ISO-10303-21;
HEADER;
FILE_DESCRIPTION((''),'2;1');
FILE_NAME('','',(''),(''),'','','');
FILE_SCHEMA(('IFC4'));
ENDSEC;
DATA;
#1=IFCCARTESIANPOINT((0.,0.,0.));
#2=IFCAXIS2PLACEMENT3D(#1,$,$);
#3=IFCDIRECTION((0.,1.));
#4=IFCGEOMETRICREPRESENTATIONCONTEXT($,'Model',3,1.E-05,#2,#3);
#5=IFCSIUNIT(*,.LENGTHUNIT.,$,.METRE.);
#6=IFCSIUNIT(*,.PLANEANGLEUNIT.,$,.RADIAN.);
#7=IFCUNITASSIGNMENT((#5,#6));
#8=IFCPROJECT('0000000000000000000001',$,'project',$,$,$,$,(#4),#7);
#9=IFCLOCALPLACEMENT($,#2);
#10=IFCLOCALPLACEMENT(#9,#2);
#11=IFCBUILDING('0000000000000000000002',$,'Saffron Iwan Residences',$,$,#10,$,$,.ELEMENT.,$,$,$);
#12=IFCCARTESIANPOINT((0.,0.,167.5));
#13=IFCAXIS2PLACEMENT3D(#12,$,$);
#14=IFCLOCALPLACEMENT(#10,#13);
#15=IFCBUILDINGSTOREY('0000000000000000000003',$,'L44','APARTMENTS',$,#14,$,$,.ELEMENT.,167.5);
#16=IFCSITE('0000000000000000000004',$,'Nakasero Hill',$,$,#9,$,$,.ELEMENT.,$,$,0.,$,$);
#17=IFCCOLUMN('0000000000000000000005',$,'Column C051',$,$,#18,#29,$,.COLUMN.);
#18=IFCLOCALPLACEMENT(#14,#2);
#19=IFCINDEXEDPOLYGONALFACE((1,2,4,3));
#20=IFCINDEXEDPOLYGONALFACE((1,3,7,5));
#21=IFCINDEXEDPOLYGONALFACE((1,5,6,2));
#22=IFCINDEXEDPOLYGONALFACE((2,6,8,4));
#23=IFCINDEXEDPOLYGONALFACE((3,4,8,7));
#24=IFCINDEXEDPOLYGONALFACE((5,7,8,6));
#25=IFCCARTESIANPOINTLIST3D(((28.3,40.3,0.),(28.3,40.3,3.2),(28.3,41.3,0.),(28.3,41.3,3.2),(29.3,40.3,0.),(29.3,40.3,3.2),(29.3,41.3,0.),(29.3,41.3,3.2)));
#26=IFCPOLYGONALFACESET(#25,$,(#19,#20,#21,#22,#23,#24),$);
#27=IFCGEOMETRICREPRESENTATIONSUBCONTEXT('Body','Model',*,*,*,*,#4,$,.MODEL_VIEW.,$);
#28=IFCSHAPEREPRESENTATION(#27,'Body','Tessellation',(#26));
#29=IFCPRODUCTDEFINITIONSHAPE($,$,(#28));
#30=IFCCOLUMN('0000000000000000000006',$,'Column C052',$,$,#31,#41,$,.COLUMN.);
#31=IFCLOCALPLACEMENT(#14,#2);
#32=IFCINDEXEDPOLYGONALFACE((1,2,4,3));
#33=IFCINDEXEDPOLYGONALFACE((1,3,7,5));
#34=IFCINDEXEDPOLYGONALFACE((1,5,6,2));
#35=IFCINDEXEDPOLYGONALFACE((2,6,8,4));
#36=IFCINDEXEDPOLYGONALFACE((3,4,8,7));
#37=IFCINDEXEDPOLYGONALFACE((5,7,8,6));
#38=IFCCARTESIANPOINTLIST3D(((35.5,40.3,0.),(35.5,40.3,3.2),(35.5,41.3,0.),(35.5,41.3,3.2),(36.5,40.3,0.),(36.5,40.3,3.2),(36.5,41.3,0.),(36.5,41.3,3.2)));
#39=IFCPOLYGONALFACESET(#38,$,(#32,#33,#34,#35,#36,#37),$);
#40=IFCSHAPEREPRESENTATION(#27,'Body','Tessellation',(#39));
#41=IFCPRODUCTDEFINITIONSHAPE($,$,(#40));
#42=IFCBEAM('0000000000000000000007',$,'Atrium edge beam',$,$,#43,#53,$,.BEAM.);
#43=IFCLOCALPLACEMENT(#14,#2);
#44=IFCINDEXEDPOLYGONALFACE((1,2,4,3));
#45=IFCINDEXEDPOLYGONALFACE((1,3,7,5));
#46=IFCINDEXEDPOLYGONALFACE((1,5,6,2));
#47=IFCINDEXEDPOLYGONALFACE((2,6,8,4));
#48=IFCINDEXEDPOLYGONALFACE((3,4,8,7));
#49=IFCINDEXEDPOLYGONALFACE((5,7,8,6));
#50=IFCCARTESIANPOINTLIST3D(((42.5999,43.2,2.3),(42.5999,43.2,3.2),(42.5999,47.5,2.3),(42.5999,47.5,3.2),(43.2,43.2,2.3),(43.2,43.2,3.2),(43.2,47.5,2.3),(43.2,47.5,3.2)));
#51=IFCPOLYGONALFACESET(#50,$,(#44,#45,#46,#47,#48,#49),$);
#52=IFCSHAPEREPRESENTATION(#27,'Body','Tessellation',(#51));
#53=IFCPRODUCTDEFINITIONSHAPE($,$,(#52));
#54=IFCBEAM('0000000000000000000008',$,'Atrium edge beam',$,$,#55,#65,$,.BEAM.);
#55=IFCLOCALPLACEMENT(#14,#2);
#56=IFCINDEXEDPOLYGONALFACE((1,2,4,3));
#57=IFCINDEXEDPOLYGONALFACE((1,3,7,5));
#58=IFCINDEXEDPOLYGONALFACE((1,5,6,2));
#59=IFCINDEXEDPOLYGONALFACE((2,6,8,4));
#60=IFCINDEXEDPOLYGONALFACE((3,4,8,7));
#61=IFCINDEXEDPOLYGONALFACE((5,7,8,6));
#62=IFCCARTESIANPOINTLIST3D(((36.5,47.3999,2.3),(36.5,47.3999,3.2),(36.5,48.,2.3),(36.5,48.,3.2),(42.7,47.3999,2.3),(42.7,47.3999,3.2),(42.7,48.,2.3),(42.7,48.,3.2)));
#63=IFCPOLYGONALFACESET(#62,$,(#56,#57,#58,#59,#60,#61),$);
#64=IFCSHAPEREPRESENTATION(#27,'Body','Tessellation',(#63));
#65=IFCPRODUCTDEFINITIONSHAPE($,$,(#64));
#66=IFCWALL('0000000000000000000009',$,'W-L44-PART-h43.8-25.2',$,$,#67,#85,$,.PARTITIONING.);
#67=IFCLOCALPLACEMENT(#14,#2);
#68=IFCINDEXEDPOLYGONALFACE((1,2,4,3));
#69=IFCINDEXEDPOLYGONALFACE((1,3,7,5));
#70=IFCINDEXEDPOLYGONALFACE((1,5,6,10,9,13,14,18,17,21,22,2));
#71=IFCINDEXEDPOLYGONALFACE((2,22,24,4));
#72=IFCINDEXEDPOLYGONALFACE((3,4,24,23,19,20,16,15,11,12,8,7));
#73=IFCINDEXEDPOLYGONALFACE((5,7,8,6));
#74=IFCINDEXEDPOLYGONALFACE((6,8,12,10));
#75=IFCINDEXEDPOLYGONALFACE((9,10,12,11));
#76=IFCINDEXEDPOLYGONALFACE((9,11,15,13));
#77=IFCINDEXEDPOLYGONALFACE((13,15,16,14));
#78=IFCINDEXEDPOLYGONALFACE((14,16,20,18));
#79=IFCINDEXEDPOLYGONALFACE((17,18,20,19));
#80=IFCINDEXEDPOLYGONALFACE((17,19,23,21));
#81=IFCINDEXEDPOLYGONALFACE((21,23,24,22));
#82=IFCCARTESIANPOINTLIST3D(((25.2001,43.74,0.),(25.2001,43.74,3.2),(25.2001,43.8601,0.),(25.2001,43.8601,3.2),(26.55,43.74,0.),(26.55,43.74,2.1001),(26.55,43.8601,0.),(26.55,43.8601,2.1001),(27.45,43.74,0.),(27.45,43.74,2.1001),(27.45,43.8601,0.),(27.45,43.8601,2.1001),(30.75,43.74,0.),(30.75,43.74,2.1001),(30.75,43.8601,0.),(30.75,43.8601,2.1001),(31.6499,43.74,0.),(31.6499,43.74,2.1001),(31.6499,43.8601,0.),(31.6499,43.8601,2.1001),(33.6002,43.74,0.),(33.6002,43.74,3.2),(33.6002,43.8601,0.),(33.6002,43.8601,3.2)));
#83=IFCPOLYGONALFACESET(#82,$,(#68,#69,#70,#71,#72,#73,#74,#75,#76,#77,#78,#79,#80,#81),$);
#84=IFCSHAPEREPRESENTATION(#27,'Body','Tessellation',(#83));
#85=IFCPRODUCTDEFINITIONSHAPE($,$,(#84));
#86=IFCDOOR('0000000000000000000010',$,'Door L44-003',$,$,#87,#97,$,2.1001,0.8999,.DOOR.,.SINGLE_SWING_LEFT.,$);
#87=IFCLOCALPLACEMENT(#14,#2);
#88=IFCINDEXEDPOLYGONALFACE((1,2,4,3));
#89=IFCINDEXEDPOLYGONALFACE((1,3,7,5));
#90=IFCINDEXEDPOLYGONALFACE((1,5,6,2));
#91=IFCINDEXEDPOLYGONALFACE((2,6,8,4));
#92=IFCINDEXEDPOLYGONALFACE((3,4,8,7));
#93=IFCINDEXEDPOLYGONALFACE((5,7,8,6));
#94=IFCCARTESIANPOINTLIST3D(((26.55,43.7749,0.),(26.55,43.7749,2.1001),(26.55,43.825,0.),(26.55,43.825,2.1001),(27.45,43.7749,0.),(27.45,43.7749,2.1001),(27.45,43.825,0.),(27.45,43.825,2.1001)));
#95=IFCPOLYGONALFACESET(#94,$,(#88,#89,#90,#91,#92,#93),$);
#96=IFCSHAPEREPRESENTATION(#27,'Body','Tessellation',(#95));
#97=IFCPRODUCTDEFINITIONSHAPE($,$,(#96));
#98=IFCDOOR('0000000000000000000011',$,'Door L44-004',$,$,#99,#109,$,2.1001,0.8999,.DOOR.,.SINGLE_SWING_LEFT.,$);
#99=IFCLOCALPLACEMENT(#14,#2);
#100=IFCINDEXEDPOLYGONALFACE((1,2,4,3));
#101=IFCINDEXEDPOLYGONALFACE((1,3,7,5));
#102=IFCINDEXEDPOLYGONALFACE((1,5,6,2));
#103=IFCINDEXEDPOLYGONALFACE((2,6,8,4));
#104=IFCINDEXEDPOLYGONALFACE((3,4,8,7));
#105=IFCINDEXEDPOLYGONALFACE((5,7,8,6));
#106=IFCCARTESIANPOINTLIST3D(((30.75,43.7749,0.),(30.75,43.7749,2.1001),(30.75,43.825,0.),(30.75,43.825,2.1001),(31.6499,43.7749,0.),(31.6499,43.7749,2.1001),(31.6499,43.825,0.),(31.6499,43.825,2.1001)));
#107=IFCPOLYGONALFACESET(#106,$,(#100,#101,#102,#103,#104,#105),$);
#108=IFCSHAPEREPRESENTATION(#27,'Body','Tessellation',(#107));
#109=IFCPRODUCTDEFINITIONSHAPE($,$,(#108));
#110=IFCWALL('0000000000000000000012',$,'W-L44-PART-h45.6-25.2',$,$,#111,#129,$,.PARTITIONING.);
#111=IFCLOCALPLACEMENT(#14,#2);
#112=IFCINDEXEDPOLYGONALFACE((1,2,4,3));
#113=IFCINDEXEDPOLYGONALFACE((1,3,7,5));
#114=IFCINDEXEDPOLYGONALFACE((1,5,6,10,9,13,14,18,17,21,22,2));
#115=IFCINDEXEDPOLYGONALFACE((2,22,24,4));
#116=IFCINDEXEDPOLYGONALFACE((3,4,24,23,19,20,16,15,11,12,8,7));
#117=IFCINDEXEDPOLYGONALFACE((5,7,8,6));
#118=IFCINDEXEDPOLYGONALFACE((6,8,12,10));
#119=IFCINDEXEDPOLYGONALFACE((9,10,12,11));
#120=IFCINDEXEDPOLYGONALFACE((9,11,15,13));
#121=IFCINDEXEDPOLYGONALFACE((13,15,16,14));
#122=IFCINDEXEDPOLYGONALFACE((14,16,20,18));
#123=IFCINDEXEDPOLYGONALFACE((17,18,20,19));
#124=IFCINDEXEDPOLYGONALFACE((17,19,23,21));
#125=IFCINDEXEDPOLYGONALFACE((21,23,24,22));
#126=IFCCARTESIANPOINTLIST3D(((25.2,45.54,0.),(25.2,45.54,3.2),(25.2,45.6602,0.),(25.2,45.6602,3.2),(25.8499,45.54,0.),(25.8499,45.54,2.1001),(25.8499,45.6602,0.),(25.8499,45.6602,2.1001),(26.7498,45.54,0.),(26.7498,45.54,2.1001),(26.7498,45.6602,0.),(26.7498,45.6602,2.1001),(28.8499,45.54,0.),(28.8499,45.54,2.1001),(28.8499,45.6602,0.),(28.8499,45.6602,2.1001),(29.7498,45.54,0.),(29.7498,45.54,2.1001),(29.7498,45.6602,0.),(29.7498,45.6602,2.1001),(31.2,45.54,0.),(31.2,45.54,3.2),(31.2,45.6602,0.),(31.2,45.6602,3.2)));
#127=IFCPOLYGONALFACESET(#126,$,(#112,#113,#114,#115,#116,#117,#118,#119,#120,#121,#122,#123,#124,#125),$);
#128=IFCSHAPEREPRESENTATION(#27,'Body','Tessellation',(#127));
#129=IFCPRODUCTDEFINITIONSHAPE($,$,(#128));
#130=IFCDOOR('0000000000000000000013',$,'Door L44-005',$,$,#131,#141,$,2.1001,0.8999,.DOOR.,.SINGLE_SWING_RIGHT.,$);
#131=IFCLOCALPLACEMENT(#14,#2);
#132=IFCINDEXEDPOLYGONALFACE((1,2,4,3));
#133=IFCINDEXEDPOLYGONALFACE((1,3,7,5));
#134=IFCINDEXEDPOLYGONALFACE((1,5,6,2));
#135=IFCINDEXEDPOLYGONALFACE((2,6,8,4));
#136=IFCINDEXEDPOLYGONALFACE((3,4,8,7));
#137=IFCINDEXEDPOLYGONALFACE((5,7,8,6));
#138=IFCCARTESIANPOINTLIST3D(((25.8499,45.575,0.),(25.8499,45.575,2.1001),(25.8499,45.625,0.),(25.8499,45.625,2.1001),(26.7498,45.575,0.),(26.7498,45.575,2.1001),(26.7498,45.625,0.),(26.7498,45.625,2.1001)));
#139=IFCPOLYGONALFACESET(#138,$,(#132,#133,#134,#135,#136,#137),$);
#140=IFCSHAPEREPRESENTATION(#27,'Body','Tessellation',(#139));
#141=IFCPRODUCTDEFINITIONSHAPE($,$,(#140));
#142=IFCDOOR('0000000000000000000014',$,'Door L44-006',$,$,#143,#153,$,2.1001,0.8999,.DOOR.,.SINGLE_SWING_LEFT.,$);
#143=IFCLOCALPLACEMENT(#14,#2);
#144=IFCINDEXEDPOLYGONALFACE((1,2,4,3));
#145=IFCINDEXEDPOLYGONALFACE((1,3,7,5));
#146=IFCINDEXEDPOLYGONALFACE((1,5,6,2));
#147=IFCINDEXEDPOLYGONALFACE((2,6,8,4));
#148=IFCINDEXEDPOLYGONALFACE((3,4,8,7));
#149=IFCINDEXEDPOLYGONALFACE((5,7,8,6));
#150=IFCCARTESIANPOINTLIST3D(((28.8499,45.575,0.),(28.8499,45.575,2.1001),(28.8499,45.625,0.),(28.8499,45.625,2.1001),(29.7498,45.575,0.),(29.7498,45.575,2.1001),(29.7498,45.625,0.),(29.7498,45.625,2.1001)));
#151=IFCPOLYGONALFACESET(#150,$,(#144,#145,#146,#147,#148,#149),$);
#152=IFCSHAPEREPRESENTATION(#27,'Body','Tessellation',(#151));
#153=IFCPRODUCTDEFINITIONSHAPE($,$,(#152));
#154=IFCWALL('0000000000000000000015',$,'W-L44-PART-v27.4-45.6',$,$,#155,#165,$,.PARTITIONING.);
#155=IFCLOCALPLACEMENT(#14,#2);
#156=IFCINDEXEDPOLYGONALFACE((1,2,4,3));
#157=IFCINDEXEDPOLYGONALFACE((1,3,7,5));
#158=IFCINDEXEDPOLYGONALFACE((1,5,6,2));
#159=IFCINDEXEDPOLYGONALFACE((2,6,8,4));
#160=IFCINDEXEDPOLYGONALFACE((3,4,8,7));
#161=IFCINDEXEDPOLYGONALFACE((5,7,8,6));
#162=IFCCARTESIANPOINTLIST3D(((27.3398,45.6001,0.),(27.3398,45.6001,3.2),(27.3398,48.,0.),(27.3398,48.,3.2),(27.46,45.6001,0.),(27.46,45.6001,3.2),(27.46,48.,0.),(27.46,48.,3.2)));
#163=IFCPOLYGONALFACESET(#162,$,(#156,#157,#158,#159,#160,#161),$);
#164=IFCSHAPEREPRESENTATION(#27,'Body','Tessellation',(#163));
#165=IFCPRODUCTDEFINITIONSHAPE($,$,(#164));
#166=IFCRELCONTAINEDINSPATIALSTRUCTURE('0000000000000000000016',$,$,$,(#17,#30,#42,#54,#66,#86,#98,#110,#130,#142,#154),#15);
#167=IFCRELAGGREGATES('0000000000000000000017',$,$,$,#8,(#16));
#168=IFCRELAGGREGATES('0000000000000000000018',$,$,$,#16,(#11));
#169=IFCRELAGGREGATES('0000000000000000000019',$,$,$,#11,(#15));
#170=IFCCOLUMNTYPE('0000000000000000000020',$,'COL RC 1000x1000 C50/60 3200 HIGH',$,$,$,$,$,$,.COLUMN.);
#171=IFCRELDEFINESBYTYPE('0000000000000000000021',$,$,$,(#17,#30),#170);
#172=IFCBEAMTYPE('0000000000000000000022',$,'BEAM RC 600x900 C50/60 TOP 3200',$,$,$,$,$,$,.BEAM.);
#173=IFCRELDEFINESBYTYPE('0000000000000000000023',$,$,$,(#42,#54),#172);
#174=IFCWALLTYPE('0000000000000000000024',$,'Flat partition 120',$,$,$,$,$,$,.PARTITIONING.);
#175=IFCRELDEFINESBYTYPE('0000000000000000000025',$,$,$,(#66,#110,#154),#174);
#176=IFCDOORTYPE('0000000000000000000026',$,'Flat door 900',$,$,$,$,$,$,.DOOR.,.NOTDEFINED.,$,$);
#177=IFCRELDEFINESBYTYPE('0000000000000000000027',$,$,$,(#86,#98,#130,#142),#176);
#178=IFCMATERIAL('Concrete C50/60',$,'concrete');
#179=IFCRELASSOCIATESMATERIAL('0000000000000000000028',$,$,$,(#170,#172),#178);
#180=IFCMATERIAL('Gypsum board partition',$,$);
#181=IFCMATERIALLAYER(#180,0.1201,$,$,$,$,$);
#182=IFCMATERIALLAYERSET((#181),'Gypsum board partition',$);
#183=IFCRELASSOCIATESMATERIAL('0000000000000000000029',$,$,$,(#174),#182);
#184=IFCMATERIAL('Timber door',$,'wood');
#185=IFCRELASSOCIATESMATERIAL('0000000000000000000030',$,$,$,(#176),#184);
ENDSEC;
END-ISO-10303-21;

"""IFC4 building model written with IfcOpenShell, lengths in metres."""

from ifc_helpers import new_model, si_unit, direction, frame, frame_2d, origin, origin_2d, place, context, subcontext, project, spatial, rectangle, extrude, source, transform, mapped, material, layer, layer_set, material_profile, profile_set, type_object, element, fill, save


model = new_model("IFC4")

# Units and contexts
model_context = context("Model", 3, precision=1e-05, world=origin(), true_north=direction((0.0, 1.0)))
body_context = subcontext(model_context, "Body", "Model", "MODEL_VIEW")
ifc_project = project(units=[si_unit("LENGTHUNIT", "METRE"), si_unit("PLANEANGLEUNIT", "RADIAN")], contexts=[model_context])

# Site, building, storey
site_placement = place(None, origin())
site = spatial("IfcSite", under=ifc_project, at=site_placement, Name="Nakasero Hill", CompositionType="ELEMENT", RefElevation=0.0)
building_placement = place(site_placement, origin())
building = spatial("IfcBuilding", under=site, at=building_placement, Name="Saffron Iwan Residences", CompositionType="ELEMENT")
storey_placement = place(building_placement, frame((0.0, 0.0, 167.5)))
storey = spatial("IfcBuildingStorey", under=building, at=storey_placement, Name="L44", Description="APARTMENTS", CompositionType="ELEMENT", Elevation=167.5)

# Columns
ifc_material_1 = material(Name="Concrete C50/60", Category="concrete")
ifc_material_profile_1 = material_profile(ifc_material_1, rectangle(XDim=1.0, YDim=1.0, at=origin_2d()), Name="RC 1000x1000")
ifc_profile_set_1 = profile_set([ifc_material_profile_1], Name="Concrete C50/60")
column_type = type_object("IfcColumnType", Name="COL RC 1000x1000 C50/60 3200 HIGH", PredefinedType="COLUMN", material=ifc_profile_set_1)
shared_shape_1 = source(origin(), body_context, "Body", "SweptSolid", [
    extrude(rectangle(XDim=1.0, YDim=1.0, at=origin_2d()), origin(), (0.0, 0.0, 1.0), 3.2),
])
for number, where, z_axis, x_axis, name in (
    (1, (28.8, 40.8, 0.0), (0.0, 0.0, 1.0), (1.0, 0.0, 0.0), "Column C051"),
    (2, (36.0, 40.8, 0.0), (0.0, 0.0, 1.0), (1.0, 0.0, 0.0), "Column C052"),
):
    element("IfcColumn", number, at=place(storey_placement, frame(where, z_axis=z_axis, x_axis=x_axis)), inside=storey, type_object=column_type, Name=name, PredefinedType="COLUMN", context=body_context, shape_type="MappedRepresentation", body=[
        mapped(shared_shape_1, transform((0.0, 0.0, 0.0))),
    ])

# Beams
ifc_material_profile_2 = material_profile(ifc_material_1, rectangle(XDim=0.6001, YDim=0.8999, at=origin_2d()), Name="RC 600x900")
ifc_profile_set_2 = profile_set([ifc_material_profile_2], Name="Concrete C50/60")
beam_type = type_object("IfcBeamType", Name="BEAM RC 600x900 C50/60 TOP 3200", PredefinedType="BEAM", material=ifc_profile_set_2)
shared_shape_2 = source(origin(), body_context, "Body", "SweptSolid", [
    extrude(rectangle(XDim=0.6001, YDim=0.8999, at=origin_2d()), origin(), (0.0, 0.0, 1.0), 4.3),
])
beam_1_placement = place(storey_placement, frame((42.8999, 43.2, 2.75), z_axis=(0.0, 1.0, 0.0), x_axis=(-1.0, 0.0, 0.0)))
element("IfcBeam", 3, at=beam_1_placement, inside=storey, type_object=beam_type, Name="Atrium edge beam", PredefinedType="BEAM", context=body_context, shape_type="MappedRepresentation", body=[
    mapped(shared_shape_2, transform((0.0, 0.0, 0.0))),
])
shared_shape_3 = source(origin(), body_context, "Body", "SweptSolid", [
    extrude(rectangle(XDim=0.6001, YDim=0.8999, at=origin_2d()), origin(), (0.0, 0.0, 1.0), 6.2),
])
beam_2_placement = place(storey_placement, frame((42.7, 47.7, 2.75), z_axis=(-1.0, 0.0, 0.0), x_axis=(0.0, -1.0, 0.0)))
element("IfcBeam", 4, at=beam_2_placement, inside=storey, type_object=beam_type, Name="Atrium edge beam", PredefinedType="BEAM", context=body_context, shape_type="MappedRepresentation", body=[
    mapped(shared_shape_3, transform((0.0, 0.0, 0.0))),
])

# Walls, openings, doors
ifc_material_2 = material(Name="Gypsum board partition")
ifc_layer_1 = layer(ifc_material_2, 0.1201)
ifc_layer_set_1 = layer_set([ifc_layer_1], Name="Gypsum board partition")
wall_type_1 = type_object("IfcWallType", Name="Flat partition 120", PredefinedType="PARTITIONING", material=ifc_layer_set_1)
wall_1_placement = place(storey_placement, frame((25.2, 43.8, 0.0), z_axis=(0.0, 0.0, 1.0), x_axis=(1.0, 0.0, 0.0)))
wall_1 = element("IfcWall", 5, at=wall_1_placement, inside=storey, type_object=wall_type_1, Name="W-L44-PART-h43.8-25.2", PredefinedType="PARTITIONING", context=body_context, shape_type="SweptSolid", body=[
    extrude(rectangle(XDim=8.4001, YDim=0.1201, at=frame_2d((4.2002, 0.0))), origin(), (0.0, 0.0, 1.0), 3.2),
])
opening_1_placement = place(wall_1_placement, frame((1.3501, 0.0, 0.0)))
opening_1 = element("IfcOpeningElement", 6, at=opening_1_placement, cuts=wall_1, PredefinedType="OPENING", context=body_context, shape_type="SweptSolid", body=[
    extrude(rectangle(XDim=0.8999, YDim=2.1001, at=frame_2d((0.45, 1.05))), frame((0.0, 0.0701, 0.0), z_axis=(0.0, -1.0, 0.0), x_axis=(1.0, 0.0, 0.0)), (0.0, 0.0, 1.0), 0.1401),
])
opening_2_placement = place(wall_1_placement, frame((5.55, 0.0, 0.0)))
opening_2 = element("IfcOpeningElement", 7, at=opening_2_placement, cuts=wall_1, PredefinedType="OPENING", context=body_context, shape_type="SweptSolid", body=[
    extrude(rectangle(XDim=0.8999, YDim=2.1001, at=frame_2d((0.45, 1.05))), frame((0.0, 0.0701, 0.0), z_axis=(0.0, -1.0, 0.0), x_axis=(1.0, 0.0, 0.0)), (0.0, 0.0, 1.0), 0.1401),
])
ifc_material_3 = material(Name="Timber door", Category="wood")
door_type_1 = type_object("IfcDoorType", Name="Flat door 900", OperationType="NOTDEFINED", PredefinedType="DOOR", material=ifc_material_3)
door_1_placement = place(opening_1_placement, origin())
door_1 = element("IfcDoor", 8, at=door_1_placement, inside=storey, type_object=door_type_1, Name="Door L44-003", OperationType="SINGLE_SWING_LEFT", OverallHeight=2.1001, OverallWidth=0.8999, PredefinedType="DOOR", context=body_context, shape_type="SweptSolid", body=[
    extrude(rectangle(XDim=0.8999, YDim=2.1001, at=frame_2d((0.45, 1.05))), frame((0.0, 0.0249, 0.0), z_axis=(0.0, -1.0, 0.0), x_axis=(1.0, 0.0, 0.0)), (0.0, 0.0, 1.0), 0.05),
])
fill(opening_1, door_1)
door_2_placement = place(opening_2_placement, origin())
door_2 = element("IfcDoor", 9, at=door_2_placement, inside=storey, type_object=door_type_1, Name="Door L44-004", OperationType="SINGLE_SWING_LEFT", OverallHeight=2.1001, OverallWidth=0.8999, PredefinedType="DOOR", context=body_context, shape_type="SweptSolid", body=[
    extrude(rectangle(XDim=0.8999, YDim=2.1001, at=frame_2d((0.45, 1.05))), frame((0.0, 0.0249, 0.0), z_axis=(0.0, -1.0, 0.0), x_axis=(1.0, 0.0, 0.0)), (0.0, 0.0, 1.0), 0.05),
])
fill(opening_2, door_2)
wall_2_placement = place(storey_placement, frame((25.2, 45.6001, 0.0), z_axis=(0.0, 0.0, 1.0), x_axis=(1.0, 0.0, 0.0)))
wall_2 = element("IfcWall", 10, at=wall_2_placement, inside=storey, type_object=wall_type_1, Name="W-L44-PART-h45.6-25.2", PredefinedType="PARTITIONING", context=body_context, shape_type="SweptSolid", body=[
    extrude(rectangle(XDim=6.0, YDim=0.1201, at=frame_2d((3.0, 0.0))), origin(), (0.0, 0.0, 1.0), 3.2),
])
opening_3_placement = place(wall_2_placement, frame((0.6499, 0.0, 0.0)))
opening_3 = element("IfcOpeningElement", 11, at=opening_3_placement, cuts=wall_2, PredefinedType="OPENING", context=body_context, shape_type="SweptSolid", body=[
    extrude(rectangle(XDim=0.8999, YDim=2.1001, at=frame_2d((0.45, 1.05))), frame((0.0, 0.0701, 0.0), z_axis=(0.0, -1.0, 0.0), x_axis=(1.0, 0.0, 0.0)), (0.0, 0.0, 1.0), 0.1401),
])
opening_4_placement = place(wall_2_placement, frame((3.6499, 0.0, 0.0)))
opening_4 = element("IfcOpeningElement", 12, at=opening_4_placement, cuts=wall_2, PredefinedType="OPENING", context=body_context, shape_type="SweptSolid", body=[
    extrude(rectangle(XDim=0.8999, YDim=2.1001, at=frame_2d((0.45, 1.05))), frame((0.0, 0.0701, 0.0), z_axis=(0.0, -1.0, 0.0), x_axis=(1.0, 0.0, 0.0)), (0.0, 0.0, 1.0), 0.1401),
])
door_3_placement = place(opening_3_placement, origin())
door_3 = element("IfcDoor", 13, at=door_3_placement, inside=storey, type_object=door_type_1, Name="Door L44-005", OperationType="SINGLE_SWING_RIGHT", OverallHeight=2.1001, OverallWidth=0.8999, PredefinedType="DOOR", context=body_context, shape_type="SweptSolid", body=[
    extrude(rectangle(XDim=0.8999, YDim=2.1001, at=frame_2d((0.45, 1.05))), frame((0.0, 0.0249, 0.0), z_axis=(0.0, -1.0, 0.0), x_axis=(1.0, 0.0, 0.0)), (0.0, 0.0, 1.0), 0.05),
])
fill(opening_3, door_3)
door_4_placement = place(opening_4_placement, origin())
door_4 = element("IfcDoor", 14, at=door_4_placement, inside=storey, type_object=door_type_1, Name="Door L44-006", OperationType="SINGLE_SWING_LEFT", OverallHeight=2.1001, OverallWidth=0.8999, PredefinedType="DOOR", context=body_context, shape_type="SweptSolid", body=[
    extrude(rectangle(XDim=0.8999, YDim=2.1001, at=frame_2d((0.45, 1.05))), frame((0.0, 0.0249, 0.0), z_axis=(0.0, -1.0, 0.0), x_axis=(1.0, 0.0, 0.0)), (0.0, 0.0, 1.0), 0.05),
])
fill(opening_4, door_4)

# Wall
wall_3_placement = place(storey_placement, frame((27.3999, 45.6001, 0.0), z_axis=(0.0, 0.0, 1.0), x_axis=(0.0, 1.0, 0.0)))
element("IfcWall", 15, at=wall_3_placement, inside=storey, type_object=wall_type_1, Name="W-L44-PART-v27.4-45.6", PredefinedType="PARTITIONING", context=body_context, shape_type="SweptSolid", body=[
    extrude(rectangle(XDim=2.3999, YDim=0.1201, at=frame_2d((1.2, 0.0))), origin(), (0.0, 0.0, 1.0), 3.2),
])

save(model, "model.ifc")
